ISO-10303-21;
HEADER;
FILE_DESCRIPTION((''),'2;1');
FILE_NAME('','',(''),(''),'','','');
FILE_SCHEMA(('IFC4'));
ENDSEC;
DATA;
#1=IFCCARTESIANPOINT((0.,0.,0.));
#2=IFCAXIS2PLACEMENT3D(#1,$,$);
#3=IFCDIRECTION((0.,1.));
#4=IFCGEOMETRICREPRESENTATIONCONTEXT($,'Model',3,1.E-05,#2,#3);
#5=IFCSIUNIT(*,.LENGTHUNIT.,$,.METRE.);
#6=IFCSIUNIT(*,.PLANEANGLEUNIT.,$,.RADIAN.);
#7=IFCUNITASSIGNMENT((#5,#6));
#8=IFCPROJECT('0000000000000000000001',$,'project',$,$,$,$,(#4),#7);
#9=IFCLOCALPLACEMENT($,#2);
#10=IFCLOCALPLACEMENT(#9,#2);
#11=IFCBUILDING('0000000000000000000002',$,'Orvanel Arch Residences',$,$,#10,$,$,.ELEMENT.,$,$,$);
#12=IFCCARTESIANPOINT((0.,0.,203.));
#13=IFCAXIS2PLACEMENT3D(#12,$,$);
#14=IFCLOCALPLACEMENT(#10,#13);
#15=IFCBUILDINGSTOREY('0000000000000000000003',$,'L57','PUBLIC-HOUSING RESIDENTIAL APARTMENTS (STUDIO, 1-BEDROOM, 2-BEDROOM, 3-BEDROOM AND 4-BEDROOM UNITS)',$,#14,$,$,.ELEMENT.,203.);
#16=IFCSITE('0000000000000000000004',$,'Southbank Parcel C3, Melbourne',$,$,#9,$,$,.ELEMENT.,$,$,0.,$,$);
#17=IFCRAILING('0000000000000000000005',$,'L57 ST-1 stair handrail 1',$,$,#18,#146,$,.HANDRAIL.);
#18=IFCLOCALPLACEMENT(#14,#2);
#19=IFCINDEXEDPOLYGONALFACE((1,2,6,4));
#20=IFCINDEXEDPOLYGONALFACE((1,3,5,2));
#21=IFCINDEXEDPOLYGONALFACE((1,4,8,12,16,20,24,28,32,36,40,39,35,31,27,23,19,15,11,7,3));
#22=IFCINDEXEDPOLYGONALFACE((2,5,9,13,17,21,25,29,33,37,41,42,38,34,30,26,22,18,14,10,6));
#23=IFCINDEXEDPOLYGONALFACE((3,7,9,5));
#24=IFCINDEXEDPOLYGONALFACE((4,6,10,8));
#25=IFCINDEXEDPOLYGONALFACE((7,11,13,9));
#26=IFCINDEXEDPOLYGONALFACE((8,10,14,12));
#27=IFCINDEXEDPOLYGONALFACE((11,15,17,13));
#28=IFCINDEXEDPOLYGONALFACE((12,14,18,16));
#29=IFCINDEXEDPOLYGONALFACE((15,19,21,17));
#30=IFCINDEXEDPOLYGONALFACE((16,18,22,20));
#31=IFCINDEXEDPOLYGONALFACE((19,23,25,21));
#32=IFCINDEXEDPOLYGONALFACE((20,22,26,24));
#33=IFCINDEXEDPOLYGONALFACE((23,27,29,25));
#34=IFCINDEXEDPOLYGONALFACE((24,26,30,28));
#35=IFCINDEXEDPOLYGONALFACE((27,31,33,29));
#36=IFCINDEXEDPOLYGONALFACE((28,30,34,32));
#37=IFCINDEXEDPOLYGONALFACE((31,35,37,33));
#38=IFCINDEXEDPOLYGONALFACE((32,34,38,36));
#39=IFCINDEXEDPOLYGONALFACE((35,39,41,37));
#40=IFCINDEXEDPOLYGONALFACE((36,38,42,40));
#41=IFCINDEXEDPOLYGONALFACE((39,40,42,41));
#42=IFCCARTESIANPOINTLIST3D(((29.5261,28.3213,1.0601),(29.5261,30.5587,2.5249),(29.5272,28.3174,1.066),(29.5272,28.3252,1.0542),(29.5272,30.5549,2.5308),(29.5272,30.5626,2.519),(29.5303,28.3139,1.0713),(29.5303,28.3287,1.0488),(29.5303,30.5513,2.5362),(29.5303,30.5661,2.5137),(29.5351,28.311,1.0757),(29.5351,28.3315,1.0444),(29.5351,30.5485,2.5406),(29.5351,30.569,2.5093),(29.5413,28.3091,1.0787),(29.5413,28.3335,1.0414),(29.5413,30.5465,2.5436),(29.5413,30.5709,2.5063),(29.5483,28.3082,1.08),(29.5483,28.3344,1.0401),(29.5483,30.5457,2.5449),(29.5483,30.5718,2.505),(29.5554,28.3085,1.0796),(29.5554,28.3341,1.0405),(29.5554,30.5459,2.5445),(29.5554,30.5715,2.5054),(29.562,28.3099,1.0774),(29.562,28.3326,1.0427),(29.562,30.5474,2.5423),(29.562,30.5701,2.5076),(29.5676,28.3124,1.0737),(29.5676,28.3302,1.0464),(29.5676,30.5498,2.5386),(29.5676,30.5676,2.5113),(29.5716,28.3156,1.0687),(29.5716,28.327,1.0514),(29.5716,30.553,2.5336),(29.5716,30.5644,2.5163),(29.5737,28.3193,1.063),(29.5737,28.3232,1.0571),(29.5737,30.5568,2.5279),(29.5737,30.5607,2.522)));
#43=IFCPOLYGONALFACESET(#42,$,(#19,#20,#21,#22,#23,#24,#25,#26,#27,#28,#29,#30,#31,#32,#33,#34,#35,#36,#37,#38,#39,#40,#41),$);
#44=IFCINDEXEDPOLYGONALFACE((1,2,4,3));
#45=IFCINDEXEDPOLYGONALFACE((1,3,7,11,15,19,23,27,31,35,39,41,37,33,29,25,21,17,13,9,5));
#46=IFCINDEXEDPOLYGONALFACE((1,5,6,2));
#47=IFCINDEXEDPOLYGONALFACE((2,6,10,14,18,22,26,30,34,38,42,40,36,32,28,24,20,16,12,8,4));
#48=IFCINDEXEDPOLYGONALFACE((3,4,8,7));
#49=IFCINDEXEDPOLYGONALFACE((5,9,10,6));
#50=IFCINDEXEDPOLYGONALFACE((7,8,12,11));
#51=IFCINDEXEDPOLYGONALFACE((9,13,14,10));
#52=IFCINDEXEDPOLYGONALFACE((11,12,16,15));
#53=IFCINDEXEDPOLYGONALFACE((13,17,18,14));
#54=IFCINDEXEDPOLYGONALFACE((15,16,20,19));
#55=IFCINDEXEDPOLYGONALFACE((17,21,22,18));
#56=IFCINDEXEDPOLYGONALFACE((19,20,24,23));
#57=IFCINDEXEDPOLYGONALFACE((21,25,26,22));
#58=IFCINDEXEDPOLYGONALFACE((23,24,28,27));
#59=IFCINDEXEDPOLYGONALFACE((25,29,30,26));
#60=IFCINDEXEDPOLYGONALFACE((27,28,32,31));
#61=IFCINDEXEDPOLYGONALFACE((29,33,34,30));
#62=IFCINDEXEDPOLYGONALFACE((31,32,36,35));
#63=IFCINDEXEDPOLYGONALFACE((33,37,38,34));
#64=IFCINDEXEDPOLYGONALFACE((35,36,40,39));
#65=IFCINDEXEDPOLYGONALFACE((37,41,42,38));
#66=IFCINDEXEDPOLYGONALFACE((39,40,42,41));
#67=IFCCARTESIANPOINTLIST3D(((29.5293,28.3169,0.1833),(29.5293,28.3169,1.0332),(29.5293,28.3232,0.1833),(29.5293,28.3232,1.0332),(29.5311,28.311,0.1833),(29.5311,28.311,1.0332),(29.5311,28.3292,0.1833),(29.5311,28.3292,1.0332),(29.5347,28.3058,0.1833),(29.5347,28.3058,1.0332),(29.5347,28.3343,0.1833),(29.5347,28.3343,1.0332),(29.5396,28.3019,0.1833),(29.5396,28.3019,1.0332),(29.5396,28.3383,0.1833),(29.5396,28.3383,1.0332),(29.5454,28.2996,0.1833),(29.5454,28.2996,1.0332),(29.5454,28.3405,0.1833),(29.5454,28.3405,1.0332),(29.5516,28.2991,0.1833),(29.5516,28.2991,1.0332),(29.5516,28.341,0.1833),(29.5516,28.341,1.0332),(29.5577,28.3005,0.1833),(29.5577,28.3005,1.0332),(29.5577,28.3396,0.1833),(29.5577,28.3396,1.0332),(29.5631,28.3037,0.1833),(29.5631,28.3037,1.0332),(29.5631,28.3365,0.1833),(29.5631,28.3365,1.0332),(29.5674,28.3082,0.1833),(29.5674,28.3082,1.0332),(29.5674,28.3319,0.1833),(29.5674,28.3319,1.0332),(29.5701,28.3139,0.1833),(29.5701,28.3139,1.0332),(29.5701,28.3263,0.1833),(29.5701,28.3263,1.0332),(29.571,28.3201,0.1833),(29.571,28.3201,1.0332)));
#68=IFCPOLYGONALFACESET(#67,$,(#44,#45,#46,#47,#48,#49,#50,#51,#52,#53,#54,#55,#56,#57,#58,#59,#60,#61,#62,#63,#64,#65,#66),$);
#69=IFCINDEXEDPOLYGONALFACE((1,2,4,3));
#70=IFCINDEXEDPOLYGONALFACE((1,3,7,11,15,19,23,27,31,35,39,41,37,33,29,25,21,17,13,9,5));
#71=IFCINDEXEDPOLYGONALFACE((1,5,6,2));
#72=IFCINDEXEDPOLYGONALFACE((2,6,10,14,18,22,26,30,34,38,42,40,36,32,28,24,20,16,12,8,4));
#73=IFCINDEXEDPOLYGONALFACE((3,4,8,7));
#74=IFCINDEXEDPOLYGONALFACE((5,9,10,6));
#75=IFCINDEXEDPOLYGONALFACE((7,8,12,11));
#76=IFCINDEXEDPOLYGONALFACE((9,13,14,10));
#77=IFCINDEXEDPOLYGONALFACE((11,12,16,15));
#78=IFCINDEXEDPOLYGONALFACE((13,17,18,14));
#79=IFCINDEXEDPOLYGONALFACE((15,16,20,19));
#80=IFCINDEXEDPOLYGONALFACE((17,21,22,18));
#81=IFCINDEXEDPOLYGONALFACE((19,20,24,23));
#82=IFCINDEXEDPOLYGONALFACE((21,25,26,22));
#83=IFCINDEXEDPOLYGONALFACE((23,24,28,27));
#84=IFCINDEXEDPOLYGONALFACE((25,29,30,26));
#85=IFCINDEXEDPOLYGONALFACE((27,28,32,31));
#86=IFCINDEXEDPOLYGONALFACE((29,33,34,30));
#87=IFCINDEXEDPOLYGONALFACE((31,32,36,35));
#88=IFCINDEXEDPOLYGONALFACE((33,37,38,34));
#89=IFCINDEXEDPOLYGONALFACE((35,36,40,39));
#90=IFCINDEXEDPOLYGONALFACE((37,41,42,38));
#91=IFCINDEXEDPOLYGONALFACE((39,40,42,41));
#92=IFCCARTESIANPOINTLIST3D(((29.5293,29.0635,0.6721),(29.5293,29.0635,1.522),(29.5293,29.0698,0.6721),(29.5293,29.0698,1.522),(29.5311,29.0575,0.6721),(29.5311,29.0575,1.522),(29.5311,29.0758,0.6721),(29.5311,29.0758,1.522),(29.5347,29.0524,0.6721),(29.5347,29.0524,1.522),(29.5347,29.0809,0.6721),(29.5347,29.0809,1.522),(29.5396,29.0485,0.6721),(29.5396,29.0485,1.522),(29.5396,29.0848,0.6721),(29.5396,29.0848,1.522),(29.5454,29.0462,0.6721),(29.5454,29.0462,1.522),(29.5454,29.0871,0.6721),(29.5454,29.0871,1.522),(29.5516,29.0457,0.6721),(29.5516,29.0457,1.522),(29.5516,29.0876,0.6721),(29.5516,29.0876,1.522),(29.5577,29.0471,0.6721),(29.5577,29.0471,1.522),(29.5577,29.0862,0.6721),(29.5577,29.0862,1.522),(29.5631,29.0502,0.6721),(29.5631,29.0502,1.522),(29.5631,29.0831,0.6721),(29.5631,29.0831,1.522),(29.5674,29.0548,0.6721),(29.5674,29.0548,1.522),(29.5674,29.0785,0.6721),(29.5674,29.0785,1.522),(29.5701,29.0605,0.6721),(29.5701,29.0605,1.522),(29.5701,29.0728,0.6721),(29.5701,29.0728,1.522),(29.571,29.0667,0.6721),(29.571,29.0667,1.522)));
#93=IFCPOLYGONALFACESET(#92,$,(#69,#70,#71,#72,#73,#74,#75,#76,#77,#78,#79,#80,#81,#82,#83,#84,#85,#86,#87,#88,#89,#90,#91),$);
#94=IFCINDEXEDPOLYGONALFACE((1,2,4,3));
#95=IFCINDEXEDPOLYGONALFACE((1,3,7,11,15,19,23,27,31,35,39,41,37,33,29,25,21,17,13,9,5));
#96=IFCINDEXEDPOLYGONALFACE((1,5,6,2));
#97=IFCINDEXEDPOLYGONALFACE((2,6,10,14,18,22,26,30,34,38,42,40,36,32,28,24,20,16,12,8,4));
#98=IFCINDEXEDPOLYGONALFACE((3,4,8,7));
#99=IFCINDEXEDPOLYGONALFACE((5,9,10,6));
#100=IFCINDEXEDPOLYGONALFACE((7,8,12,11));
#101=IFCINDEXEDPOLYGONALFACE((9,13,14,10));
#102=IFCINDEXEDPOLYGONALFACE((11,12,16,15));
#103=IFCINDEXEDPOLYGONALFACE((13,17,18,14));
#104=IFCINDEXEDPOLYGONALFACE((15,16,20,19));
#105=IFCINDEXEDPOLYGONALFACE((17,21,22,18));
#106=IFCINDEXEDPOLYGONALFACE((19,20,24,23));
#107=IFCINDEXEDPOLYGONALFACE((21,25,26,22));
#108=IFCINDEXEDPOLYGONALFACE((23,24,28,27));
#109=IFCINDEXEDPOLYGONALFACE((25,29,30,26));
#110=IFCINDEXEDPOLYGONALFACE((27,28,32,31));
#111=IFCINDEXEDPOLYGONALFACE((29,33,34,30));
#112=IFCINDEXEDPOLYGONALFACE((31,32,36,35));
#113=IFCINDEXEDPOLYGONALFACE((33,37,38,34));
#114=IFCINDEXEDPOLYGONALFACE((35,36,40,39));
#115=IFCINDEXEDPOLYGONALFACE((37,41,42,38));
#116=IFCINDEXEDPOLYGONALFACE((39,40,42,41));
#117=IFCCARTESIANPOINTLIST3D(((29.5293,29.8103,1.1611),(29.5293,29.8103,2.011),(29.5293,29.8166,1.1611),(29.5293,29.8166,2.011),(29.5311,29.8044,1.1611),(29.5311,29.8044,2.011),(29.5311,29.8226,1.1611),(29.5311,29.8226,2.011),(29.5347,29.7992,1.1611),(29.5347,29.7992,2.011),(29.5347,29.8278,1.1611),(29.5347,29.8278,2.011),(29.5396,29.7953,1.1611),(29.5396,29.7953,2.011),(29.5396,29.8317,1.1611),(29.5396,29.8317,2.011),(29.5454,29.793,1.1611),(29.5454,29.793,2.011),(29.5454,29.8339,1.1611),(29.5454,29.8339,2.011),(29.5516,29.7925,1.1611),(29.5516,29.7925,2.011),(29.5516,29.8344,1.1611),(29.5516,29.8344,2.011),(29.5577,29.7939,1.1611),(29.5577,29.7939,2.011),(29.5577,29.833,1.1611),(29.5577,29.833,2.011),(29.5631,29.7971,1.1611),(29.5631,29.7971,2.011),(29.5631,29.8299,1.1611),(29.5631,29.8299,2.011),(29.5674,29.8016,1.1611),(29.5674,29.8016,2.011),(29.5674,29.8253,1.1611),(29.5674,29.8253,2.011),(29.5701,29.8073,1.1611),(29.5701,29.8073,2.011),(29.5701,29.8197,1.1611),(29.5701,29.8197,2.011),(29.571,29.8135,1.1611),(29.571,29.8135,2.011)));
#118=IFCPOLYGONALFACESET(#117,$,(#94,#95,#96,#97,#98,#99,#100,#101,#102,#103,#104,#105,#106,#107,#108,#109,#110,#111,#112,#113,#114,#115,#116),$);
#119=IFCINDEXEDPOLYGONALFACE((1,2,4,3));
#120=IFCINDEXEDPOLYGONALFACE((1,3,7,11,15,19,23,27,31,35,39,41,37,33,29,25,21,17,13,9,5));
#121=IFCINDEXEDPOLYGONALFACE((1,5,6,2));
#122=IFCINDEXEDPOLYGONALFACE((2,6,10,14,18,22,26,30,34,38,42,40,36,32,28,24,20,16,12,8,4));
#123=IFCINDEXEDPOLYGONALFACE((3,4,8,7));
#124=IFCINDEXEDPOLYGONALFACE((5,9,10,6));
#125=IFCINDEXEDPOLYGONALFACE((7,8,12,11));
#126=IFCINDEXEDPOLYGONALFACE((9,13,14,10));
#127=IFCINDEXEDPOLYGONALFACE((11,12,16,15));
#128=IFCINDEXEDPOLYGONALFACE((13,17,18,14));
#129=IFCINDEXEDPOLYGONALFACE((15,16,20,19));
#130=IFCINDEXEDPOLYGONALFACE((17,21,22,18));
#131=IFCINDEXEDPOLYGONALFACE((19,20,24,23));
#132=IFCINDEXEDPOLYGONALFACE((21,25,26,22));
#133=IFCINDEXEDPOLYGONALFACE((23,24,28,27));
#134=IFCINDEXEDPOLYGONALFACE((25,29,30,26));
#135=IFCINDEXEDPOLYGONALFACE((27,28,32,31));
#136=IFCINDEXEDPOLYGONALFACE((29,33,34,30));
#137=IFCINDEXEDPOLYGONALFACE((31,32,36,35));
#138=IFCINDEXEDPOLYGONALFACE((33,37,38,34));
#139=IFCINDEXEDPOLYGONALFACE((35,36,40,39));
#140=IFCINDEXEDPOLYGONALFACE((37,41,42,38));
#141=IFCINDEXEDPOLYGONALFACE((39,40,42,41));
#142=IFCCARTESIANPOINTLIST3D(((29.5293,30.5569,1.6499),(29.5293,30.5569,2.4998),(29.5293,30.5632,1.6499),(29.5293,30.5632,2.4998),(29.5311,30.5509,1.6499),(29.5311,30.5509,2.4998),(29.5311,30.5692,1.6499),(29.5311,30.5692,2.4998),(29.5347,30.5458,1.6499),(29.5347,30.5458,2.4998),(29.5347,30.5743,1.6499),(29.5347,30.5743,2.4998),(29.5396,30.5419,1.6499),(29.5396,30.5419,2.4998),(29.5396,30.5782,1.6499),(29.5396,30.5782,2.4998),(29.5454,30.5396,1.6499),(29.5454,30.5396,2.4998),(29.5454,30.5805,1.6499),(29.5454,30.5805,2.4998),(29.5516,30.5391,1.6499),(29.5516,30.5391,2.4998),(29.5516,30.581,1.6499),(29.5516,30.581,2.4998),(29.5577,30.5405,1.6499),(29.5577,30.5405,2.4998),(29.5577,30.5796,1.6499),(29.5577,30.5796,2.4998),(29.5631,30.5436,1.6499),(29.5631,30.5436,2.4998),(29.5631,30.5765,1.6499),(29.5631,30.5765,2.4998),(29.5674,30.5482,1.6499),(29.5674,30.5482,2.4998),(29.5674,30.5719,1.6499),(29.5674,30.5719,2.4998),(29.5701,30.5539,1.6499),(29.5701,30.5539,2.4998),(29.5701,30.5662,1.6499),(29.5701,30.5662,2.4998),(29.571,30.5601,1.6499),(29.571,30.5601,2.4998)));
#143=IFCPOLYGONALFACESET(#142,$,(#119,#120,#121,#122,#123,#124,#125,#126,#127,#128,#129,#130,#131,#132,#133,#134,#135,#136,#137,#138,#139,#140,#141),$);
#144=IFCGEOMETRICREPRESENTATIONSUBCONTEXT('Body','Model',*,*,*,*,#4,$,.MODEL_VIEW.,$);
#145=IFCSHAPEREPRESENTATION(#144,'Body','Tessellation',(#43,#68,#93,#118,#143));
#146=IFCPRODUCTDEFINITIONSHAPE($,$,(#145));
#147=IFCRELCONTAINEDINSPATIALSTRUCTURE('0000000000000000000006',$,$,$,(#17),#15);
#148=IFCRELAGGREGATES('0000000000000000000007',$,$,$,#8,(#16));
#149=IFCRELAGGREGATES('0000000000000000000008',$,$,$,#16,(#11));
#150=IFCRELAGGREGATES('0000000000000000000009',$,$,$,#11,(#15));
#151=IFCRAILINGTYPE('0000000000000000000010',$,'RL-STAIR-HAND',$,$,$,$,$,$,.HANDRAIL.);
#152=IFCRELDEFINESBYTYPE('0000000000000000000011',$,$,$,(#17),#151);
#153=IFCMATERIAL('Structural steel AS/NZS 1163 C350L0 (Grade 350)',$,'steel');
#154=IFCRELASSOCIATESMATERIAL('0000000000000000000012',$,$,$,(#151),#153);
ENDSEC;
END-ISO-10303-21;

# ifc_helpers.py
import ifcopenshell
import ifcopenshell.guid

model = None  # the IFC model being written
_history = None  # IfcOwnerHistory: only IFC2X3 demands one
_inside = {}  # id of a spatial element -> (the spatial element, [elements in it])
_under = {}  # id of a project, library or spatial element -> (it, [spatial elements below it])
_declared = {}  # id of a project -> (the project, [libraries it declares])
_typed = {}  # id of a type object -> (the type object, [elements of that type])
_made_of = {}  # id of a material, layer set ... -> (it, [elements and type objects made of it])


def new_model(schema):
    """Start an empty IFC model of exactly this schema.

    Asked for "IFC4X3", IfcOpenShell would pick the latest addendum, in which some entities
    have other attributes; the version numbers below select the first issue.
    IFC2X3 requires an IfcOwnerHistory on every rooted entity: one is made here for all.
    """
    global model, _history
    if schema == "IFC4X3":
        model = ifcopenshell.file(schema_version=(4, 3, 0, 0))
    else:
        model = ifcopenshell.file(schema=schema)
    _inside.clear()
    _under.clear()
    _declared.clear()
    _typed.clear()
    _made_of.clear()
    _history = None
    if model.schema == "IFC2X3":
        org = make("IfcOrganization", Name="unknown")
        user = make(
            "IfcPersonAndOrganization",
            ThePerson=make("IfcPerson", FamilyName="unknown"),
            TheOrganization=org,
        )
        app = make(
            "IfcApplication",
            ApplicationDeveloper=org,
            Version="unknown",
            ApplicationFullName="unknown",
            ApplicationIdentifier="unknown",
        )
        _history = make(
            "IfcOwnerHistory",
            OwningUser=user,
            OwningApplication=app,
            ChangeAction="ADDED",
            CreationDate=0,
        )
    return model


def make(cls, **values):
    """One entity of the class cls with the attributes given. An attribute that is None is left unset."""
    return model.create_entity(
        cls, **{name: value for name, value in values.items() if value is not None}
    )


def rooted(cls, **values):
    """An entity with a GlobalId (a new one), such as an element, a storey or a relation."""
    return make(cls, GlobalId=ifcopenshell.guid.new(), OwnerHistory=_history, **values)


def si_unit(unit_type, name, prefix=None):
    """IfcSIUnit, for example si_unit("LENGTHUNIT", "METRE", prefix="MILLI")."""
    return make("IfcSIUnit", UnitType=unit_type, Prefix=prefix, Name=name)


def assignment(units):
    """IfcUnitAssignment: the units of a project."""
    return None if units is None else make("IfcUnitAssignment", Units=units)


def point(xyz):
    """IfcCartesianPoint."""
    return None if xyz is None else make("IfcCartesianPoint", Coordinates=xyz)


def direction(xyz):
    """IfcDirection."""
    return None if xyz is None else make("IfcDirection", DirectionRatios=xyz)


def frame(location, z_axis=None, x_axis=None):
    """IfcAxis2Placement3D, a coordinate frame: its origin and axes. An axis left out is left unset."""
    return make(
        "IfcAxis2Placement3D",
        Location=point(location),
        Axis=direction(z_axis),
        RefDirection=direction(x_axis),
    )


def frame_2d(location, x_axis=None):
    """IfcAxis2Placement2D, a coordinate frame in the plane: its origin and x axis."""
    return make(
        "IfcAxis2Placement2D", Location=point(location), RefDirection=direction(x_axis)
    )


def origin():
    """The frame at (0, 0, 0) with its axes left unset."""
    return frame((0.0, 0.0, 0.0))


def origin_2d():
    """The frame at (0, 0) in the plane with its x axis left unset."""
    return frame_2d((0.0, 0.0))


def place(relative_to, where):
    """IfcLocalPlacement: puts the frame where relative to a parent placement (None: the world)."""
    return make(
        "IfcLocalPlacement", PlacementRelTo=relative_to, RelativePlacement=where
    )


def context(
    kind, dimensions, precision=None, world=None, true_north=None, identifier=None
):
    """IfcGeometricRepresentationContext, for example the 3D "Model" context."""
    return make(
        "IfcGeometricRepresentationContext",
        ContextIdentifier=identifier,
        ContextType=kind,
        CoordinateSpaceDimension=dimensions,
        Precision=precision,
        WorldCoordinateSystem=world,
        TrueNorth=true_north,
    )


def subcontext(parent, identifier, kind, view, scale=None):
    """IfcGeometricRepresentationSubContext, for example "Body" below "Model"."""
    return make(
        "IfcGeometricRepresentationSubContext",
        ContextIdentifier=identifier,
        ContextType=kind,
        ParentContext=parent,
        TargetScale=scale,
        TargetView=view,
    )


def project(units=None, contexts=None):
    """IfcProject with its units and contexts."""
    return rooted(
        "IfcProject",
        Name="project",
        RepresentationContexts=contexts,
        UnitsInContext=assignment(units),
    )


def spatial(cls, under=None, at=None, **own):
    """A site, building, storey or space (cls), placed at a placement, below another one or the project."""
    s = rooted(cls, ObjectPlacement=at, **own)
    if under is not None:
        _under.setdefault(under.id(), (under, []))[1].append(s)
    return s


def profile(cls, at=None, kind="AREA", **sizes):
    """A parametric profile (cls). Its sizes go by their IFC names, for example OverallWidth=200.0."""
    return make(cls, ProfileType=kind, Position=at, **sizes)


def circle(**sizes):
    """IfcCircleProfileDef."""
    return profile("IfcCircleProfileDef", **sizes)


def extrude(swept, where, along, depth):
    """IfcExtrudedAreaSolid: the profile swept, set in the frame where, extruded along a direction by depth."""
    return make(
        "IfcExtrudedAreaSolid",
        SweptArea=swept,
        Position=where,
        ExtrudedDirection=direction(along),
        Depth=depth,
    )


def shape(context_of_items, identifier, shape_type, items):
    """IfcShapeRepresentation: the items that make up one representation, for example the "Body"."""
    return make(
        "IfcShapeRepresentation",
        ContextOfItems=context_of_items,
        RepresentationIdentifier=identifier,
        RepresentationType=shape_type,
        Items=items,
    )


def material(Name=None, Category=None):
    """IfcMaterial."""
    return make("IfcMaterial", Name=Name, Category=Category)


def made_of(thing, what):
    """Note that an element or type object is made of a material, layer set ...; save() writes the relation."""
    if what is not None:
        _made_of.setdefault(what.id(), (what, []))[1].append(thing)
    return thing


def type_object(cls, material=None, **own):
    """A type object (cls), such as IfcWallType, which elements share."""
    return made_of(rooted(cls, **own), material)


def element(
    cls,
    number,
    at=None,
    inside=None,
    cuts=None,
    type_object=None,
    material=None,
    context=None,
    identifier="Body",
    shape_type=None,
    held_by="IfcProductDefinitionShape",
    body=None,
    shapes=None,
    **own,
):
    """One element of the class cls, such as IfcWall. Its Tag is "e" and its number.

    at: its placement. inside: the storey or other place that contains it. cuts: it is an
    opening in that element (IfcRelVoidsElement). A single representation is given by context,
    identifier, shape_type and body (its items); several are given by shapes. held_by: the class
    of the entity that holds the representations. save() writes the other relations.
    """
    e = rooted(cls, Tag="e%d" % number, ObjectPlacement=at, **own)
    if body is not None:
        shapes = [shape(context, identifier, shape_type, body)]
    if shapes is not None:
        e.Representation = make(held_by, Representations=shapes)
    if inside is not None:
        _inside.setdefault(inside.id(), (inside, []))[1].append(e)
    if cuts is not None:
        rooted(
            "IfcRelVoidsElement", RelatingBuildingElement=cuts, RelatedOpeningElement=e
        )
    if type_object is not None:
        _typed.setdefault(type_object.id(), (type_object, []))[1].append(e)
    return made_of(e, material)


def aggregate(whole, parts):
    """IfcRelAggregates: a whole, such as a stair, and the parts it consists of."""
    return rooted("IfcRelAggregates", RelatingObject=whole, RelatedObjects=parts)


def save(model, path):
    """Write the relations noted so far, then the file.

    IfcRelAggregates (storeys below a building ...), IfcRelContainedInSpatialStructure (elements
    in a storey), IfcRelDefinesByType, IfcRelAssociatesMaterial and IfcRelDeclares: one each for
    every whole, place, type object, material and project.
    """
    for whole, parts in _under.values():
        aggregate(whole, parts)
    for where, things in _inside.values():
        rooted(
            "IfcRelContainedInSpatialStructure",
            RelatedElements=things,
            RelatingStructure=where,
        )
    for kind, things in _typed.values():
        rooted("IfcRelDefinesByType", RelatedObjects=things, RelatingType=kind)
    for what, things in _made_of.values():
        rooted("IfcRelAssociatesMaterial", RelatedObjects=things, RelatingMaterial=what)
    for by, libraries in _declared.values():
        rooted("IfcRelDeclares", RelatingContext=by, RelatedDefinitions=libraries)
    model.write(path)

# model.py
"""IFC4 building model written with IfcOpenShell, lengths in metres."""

from ifc_helpers import new_model, si_unit, direction, frame, origin, origin_2d, place, context, subcontext, project, spatial, circle, extrude, material, type_object, element, save


model = new_model("IFC4")

# Units and contexts
model_context = context("Model", 3, precision=1e-05, world=origin(), true_north=direction((0.0, 1.0)))
body_context = subcontext(model_context, "Body", "Model", "MODEL_VIEW")
ifc_project = project(units=[si_unit("LENGTHUNIT", "METRE"), si_unit("PLANEANGLEUNIT", "RADIAN")], contexts=[model_context])

# Site, building, storey
site_placement = place(None, origin())
site = spatial("IfcSite", under=ifc_project, at=site_placement, Name="Southbank Parcel C3, Melbourne", CompositionType="ELEMENT", RefElevation=0.0)
building_placement = place(site_placement, origin())
building = spatial("IfcBuilding", under=site, at=building_placement, Name="Orvanel Arch Residences", CompositionType="ELEMENT")
storey_placement = place(building_placement, frame((0.0, 0.0, 203.0)))
storey = spatial("IfcBuildingStorey", under=building, at=storey_placement, Name="L57", Description="PUBLIC-HOUSING RESIDENTIAL APARTMENTS (STUDIO, 1-BEDROOM, 2-BEDROOM, 3-BEDROOM AND 4-BEDROOM UNITS)", CompositionType="ELEMENT", Elevation=203.0)

# Railing
ifc_material_1 = material(Name="Structural steel AS/NZS 1163 C350L0 (Grade 350)", Category="steel")
railing_type_1 = type_object("IfcRailingType", Name="RL-STAIR-HAND", PredefinedType="HANDRAIL", material=ifc_material_1)
railing_1_placement = place(storey_placement, frame((29.55, 28.3201, 0.1833)))
element("IfcRailing", 1, at=railing_1_placement, inside=storey, type_object=railing_type_1, Name="L57 ST-1 stair handrail 1", PredefinedType="HANDRAIL", context=body_context, shape_type="SweptSolid", body=[
    extrude(circle(Radius=0.0239, at=origin_2d()), frame((0.0, 0.0012, 0.8767), z_axis=(0.0, 0.836637, 0.547758), x_axis=(-1.0, 0.0, 0.0)), (0.0, 0.0, 1.0), 2.6743),
    extrude(circle(Radius=0.021, at=origin_2d()), origin(), (0.0, 0.0, 1.0), 0.8499),
    extrude(circle(Radius=0.021, at=origin_2d()), frame((0.0, 0.7466, 0.4888)), (0.0, 0.0, 1.0), 0.8499),
    extrude(circle(Radius=0.021, at=origin_2d()), frame((0.0, 1.4934, 0.9778)), (0.0, 0.0, 1.0), 0.8499),
    extrude(circle(Radius=0.021, at=origin_2d()), frame((0.0, 2.24, 1.4666)), (0.0, 0.0, 1.0), 0.8499),
])

save(model, "model.ifc")
